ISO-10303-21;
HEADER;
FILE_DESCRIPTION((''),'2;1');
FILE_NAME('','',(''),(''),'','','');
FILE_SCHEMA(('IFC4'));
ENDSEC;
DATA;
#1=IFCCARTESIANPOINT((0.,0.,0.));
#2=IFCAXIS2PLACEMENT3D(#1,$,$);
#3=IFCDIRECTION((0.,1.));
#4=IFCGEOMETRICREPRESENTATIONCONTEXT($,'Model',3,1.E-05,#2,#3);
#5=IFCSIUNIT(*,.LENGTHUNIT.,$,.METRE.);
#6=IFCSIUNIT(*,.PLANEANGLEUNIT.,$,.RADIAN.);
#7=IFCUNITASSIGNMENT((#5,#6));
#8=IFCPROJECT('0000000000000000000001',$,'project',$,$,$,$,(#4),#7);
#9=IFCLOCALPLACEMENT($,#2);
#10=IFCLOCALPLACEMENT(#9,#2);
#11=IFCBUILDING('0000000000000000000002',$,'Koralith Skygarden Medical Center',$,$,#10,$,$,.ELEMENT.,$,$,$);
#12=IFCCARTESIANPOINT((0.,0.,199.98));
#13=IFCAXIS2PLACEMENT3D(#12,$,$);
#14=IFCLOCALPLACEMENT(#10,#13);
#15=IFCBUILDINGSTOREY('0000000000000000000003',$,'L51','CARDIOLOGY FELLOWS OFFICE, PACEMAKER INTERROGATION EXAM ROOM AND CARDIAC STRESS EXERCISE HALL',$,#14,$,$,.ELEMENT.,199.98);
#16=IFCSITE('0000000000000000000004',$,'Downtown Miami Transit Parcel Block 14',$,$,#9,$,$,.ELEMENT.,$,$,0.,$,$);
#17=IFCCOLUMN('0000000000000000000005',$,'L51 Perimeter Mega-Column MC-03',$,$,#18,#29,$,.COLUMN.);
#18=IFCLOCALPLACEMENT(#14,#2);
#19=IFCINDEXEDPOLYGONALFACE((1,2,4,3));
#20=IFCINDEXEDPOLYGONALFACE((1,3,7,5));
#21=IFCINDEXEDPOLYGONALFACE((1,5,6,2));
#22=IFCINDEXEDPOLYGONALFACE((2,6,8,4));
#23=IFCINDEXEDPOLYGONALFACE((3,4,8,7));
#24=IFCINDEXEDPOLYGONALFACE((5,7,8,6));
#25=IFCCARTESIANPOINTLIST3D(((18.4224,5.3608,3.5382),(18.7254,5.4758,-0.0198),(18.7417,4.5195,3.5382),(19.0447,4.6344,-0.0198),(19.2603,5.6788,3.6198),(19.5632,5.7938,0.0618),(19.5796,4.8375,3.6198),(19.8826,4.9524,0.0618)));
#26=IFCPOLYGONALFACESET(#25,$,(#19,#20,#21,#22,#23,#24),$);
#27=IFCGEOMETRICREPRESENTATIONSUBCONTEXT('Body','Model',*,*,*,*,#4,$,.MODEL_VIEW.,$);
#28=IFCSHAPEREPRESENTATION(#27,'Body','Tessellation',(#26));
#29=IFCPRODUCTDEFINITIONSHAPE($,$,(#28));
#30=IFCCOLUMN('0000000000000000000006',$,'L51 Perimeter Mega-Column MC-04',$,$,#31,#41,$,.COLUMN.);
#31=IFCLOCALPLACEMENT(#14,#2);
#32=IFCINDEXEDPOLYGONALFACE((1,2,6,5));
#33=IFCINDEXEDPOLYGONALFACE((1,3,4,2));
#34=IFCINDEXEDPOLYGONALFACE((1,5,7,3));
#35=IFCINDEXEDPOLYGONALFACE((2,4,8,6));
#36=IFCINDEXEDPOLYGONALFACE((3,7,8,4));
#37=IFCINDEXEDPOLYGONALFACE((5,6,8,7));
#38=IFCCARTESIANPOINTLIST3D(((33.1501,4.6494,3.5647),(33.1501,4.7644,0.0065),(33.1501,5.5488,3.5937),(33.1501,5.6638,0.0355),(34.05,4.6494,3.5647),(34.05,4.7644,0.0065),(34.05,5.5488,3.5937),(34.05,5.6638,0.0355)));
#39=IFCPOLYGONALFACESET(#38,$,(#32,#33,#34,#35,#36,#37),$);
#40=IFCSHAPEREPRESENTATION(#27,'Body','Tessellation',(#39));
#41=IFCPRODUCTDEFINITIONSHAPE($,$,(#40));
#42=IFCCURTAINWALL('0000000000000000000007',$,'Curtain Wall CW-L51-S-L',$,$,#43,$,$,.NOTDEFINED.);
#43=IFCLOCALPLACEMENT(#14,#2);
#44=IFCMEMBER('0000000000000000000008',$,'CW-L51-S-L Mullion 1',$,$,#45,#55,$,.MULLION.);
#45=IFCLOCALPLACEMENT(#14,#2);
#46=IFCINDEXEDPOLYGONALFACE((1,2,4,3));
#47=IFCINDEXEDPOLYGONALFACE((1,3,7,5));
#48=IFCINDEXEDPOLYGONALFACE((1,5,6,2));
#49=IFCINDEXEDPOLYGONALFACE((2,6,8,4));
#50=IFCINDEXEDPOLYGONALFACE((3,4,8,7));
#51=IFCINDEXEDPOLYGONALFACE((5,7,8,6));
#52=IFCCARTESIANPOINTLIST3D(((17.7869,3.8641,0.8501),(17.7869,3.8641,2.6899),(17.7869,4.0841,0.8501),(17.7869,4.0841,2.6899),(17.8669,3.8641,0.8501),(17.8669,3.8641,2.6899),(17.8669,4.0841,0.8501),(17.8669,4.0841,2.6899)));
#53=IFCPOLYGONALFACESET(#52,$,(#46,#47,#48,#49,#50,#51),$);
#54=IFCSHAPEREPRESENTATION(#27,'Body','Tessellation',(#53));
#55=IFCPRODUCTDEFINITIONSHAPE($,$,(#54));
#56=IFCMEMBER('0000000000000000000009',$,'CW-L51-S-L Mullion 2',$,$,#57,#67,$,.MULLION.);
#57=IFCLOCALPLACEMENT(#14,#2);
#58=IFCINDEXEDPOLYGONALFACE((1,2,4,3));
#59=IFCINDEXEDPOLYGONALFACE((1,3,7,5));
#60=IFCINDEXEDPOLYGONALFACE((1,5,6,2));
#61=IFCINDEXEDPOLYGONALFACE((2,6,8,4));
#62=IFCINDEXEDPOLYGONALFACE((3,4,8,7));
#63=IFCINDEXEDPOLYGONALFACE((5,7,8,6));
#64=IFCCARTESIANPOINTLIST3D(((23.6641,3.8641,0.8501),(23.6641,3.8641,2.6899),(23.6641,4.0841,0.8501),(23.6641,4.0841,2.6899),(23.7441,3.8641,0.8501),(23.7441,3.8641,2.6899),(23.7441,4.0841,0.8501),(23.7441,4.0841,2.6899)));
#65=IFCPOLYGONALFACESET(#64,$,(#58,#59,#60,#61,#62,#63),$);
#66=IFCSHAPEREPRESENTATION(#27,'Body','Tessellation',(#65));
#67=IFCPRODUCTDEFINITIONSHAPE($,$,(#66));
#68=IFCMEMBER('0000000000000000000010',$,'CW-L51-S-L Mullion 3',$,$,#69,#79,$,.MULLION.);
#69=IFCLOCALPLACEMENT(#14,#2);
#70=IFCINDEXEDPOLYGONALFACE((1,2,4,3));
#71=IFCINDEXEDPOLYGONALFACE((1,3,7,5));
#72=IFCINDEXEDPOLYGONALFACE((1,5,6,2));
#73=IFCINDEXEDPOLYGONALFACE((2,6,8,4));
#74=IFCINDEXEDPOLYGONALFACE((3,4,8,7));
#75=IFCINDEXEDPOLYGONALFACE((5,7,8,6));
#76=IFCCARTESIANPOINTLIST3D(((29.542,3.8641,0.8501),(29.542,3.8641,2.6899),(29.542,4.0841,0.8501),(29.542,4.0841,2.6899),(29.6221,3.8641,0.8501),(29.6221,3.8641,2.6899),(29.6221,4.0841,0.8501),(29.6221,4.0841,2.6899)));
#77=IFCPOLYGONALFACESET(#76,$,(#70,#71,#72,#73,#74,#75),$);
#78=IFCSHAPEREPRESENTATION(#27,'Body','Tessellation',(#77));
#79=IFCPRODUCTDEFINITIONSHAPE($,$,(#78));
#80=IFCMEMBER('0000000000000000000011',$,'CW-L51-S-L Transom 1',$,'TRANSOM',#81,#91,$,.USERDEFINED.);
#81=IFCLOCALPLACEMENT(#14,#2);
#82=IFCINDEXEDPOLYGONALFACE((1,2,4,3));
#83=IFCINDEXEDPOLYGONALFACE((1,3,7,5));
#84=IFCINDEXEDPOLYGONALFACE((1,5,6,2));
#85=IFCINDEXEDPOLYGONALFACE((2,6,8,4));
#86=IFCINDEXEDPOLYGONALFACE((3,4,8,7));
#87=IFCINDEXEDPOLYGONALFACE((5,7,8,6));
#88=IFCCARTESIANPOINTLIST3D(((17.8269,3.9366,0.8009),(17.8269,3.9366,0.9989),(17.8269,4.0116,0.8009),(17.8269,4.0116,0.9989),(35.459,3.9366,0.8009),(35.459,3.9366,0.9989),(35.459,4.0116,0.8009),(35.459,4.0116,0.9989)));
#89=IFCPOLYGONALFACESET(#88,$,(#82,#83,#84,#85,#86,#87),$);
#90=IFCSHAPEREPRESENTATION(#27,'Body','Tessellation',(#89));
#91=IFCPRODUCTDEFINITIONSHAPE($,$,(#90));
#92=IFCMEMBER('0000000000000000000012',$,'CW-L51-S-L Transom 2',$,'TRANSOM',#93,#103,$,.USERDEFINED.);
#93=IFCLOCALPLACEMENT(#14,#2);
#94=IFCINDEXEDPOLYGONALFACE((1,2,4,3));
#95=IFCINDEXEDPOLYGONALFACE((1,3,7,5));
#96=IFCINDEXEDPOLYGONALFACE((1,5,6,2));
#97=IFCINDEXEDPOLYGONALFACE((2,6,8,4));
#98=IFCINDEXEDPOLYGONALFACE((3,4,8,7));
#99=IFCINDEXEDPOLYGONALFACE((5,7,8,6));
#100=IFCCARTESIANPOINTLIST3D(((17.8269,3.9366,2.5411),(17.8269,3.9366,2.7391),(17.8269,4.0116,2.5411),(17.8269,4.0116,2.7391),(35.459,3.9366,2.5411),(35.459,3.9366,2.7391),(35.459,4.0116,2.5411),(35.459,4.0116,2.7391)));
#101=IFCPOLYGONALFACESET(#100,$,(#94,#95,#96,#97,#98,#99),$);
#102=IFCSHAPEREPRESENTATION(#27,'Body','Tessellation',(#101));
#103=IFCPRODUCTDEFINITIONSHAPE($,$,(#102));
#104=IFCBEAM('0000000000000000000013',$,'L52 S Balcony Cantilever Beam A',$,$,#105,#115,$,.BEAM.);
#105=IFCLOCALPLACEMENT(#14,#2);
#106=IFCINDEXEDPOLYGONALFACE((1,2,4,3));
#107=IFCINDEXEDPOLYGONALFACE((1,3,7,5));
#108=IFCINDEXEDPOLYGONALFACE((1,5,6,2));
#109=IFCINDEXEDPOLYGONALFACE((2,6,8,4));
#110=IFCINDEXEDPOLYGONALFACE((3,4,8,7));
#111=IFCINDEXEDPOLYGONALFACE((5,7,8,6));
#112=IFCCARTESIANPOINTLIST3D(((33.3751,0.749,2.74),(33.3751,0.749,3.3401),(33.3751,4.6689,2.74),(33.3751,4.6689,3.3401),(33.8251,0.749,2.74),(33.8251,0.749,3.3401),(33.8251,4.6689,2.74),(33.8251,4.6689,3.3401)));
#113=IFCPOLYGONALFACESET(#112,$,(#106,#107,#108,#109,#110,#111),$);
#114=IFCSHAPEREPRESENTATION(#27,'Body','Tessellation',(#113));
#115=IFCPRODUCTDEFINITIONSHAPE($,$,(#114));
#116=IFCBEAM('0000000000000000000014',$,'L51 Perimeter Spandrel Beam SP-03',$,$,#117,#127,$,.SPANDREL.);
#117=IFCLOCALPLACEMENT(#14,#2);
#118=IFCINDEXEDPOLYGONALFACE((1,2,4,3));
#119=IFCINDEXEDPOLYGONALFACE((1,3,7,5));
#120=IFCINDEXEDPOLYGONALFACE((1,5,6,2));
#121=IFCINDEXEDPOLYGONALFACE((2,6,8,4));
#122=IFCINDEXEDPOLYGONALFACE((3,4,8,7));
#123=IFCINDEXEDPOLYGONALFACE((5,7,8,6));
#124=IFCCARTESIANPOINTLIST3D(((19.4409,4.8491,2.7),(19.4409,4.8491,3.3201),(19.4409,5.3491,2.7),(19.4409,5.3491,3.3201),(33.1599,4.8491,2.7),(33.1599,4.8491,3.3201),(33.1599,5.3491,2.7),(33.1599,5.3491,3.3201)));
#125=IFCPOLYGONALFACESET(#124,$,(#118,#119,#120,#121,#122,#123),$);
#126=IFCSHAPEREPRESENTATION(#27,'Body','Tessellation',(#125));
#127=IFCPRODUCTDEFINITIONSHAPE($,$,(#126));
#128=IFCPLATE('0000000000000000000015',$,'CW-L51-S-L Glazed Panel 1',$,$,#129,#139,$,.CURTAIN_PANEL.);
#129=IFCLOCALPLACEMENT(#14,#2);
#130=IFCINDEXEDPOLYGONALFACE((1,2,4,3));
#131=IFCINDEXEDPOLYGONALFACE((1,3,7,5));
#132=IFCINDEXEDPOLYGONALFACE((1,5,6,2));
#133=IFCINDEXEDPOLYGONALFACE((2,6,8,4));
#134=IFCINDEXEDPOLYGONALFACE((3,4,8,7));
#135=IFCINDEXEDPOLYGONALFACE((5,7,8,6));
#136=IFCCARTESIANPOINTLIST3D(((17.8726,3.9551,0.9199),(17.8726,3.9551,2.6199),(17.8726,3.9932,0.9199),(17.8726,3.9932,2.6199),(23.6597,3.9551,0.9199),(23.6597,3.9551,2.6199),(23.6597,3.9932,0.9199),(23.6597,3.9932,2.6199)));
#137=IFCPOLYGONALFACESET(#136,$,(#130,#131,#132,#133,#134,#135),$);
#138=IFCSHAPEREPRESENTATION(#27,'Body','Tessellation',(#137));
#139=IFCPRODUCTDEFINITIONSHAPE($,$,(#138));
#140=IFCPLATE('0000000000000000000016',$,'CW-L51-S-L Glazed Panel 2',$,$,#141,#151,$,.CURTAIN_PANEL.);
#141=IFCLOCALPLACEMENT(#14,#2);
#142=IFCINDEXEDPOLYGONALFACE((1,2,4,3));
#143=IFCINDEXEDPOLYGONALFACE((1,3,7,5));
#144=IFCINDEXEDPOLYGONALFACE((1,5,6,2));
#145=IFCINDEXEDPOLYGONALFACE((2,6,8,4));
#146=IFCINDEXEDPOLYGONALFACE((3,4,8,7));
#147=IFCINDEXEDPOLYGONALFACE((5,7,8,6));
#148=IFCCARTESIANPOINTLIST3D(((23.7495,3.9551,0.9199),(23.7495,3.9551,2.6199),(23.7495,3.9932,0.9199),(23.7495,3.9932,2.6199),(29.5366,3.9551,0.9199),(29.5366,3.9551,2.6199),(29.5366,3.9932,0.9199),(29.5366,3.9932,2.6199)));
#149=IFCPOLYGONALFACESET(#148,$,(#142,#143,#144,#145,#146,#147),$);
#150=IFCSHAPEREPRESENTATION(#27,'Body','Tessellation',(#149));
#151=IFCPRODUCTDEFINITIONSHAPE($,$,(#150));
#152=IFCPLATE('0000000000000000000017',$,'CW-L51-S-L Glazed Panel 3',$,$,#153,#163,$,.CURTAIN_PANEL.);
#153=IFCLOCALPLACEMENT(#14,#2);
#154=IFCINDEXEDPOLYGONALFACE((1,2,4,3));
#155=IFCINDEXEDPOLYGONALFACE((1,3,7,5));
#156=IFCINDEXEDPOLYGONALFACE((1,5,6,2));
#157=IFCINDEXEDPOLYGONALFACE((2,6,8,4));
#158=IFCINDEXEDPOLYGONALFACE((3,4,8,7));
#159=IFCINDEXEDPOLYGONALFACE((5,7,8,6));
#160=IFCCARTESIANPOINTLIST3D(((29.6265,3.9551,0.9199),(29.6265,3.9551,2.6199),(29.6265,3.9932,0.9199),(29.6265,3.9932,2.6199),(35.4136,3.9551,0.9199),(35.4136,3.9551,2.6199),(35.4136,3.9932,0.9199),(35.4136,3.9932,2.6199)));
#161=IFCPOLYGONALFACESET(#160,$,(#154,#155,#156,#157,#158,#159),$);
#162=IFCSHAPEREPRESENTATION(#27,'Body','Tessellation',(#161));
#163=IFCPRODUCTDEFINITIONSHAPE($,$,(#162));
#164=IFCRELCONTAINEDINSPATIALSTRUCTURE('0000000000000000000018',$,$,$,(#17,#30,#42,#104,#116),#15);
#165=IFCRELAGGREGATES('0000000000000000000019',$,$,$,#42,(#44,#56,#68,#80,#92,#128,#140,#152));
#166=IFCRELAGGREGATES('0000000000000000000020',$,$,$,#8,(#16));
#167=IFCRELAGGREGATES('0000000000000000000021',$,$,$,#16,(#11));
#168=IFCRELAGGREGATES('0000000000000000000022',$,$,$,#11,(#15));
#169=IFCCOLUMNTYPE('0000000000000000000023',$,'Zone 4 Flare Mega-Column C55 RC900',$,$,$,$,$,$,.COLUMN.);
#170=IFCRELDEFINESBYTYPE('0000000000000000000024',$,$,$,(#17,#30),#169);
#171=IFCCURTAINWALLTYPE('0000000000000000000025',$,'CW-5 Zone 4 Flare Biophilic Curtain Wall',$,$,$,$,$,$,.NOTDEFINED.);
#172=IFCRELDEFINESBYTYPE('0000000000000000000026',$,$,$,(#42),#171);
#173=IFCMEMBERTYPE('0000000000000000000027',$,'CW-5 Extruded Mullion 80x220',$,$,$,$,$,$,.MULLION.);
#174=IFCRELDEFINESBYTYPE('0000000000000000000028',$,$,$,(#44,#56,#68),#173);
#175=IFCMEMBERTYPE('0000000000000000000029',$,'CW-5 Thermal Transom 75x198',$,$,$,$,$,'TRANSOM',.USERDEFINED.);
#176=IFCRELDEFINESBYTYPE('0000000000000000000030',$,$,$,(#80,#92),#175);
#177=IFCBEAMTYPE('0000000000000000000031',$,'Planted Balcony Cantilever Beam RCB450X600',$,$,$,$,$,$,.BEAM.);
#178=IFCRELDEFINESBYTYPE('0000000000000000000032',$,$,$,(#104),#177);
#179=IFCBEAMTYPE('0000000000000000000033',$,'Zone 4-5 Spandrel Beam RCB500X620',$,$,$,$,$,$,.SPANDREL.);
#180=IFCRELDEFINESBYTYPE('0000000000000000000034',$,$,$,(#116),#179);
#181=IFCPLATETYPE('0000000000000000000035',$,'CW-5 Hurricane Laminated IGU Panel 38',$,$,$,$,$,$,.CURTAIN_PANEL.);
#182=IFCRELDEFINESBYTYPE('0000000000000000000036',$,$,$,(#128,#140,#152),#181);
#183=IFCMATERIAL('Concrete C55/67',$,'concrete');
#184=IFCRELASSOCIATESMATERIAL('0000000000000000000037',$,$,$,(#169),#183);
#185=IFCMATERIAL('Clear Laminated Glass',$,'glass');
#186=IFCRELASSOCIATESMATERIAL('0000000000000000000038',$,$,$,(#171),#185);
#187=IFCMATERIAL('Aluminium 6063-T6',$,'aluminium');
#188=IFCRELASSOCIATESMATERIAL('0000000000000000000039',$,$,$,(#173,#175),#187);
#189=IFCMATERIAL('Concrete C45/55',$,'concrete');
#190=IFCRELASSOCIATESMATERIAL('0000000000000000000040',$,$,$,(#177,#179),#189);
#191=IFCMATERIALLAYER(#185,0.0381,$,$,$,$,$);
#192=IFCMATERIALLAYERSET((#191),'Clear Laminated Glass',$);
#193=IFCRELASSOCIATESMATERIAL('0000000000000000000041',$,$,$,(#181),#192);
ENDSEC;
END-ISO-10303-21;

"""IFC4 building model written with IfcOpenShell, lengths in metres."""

from ifc_helpers import new_model, si_unit, direction, frame, origin, origin_2d, place, context, subcontext, project, spatial, rectangle, extrude, material, layer, layer_set, material_profile, profile_set, type_object, element, aggregate, save


model = new_model("IFC4")

# Units and contexts
model_context = context("Model", 3, precision=1e-05, world=origin(), true_north=direction((0.0, 1.0)))
body_context = subcontext(model_context, "Body", "Model", "MODEL_VIEW")
ifc_project = project(units=[si_unit("LENGTHUNIT", "METRE"), si_unit("PLANEANGLEUNIT", "RADIAN")], contexts=[model_context])

# Site, building, storey
site_placement = place(None, origin())
site = spatial("IfcSite", under=ifc_project, at=site_placement, Name="Downtown Miami Transit Parcel Block 14", CompositionType="ELEMENT", RefElevation=0.0)
building_placement = place(site_placement, origin())
building = spatial("IfcBuilding", under=site, at=building_placement, Name="Koralith Skygarden Medical Center", CompositionType="ELEMENT")
storey_placement = place(building_placement, frame((0.0, 0.0, 199.98)))
storey = spatial("IfcBuildingStorey", under=building, at=storey_placement, Name="L51", Description="CARDIOLOGY FELLOWS OFFICE, PACEMAKER INTERROGATION EXAM ROOM AND CARDIAC STRESS EXERCISE HALL", CompositionType="ELEMENT", Elevation=199.98)

# Columns
ifc_material_1 = material(Name="Concrete C55/67", Category="concrete")
ifc_material_profile_1 = material_profile(ifc_material_1, rectangle(XDim=0.8999, YDim=0.8999, at=origin_2d()), Name="RC900X900")
ifc_profile_set_1 = profile_set([ifc_material_profile_1], Name="Concrete C55/67")
column_type = type_object("IfcColumnType", Name="Zone 4 Flare Mega-Column C55 RC900", PredefinedType="COLUMN", material=ifc_profile_set_1)
column_1_placement = place(storey_placement, frame((19.304, 5.2141, 0.021), z_axis=(-0.084801, -0.032185, 0.995878), x_axis=(0.354836, -0.934929, 0.0)))
element("IfcColumn", 1, at=column_1_placement, inside=storey, type_object=column_type, Name="L51 Perimeter Mega-Column MC-03", PredefinedType="COLUMN", context=body_context, shape_type="SweptSolid", body=[
    extrude(rectangle(XDim=0.8999, YDim=0.8999, at=origin_2d()), origin(), (0.0, 0.0, 1.0), 3.5728),
])
column_2_placement = place(storey_placement, frame((33.6001, 5.2141, 0.021), z_axis=(0.0, -0.032301, 0.999478), x_axis=(1.0, 0.0, 0.0)))
element("IfcColumn", 2, at=column_2_placement, inside=storey, type_object=column_type, Name="L51 Perimeter Mega-Column MC-04", PredefinedType="COLUMN", context=body_context, shape_type="SweptSolid", body=[
    extrude(rectangle(XDim=0.8999, YDim=0.8999, at=origin_2d()), origin(), (0.0, 0.0, 1.0), 3.5601),
])

# Curtain wall, members
ifc_material_2 = material(Name="Clear Laminated Glass", Category="glass")
curtain_wall_type = type_object("IfcCurtainWallType", Name="CW-5 Zone 4 Flare Biophilic Curtain Wall", PredefinedType="NOTDEFINED", material=ifc_material_2)
curtain_wall_placement = place(storey_placement, origin())
curtain_wall = element("IfcCurtainWall", 3, at=curtain_wall_placement, inside=storey, type_object=curtain_wall_type, Name="Curtain Wall CW-L51-S-L", PredefinedType="NOTDEFINED")
ifc_material_3 = material(Name="Aluminium 6063-T6", Category="aluminium")
ifc_material_profile_2 = material_profile(ifc_material_3, rectangle(XDim=0.0801, YDim=0.22, at=origin_2d()), Name="MUL80X220")
ifc_profile_set_2 = profile_set([ifc_material_profile_2], Name="Aluminium 6063-T6")
member_type_1 = type_object("IfcMemberType", Name="CW-5 Extruded Mullion 80x220", PredefinedType="MULLION", material=ifc_profile_set_2)
member_1_placement = place(storey_placement, frame((17.8269, 3.9741, 0.8501), z_axis=(0.0, 0.0, 1.0), x_axis=(1.0, 0.0, 0.0)))
member_1 = element("IfcMember", 4, at=member_1_placement, type_object=member_type_1, Name="CW-L51-S-L Mullion 1", PredefinedType="MULLION", context=body_context, shape_type="SweptSolid", body=[
    extrude(rectangle(XDim=0.0801, YDim=0.22, at=origin_2d()), origin(), (0.0, 0.0, 1.0), 1.8398),
])
member_2_placement = place(storey_placement, frame((23.7041, 3.9741, 0.8501), z_axis=(0.0, 0.0, 1.0), x_axis=(1.0, 0.0, 0.0)))
member_2 = element("IfcMember", 5, at=member_2_placement, type_object=member_type_1, Name="CW-L51-S-L Mullion 2", PredefinedType="MULLION", context=body_context, shape_type="SweptSolid", body=[
    extrude(rectangle(XDim=0.0801, YDim=0.22, at=origin_2d()), origin(), (0.0, 0.0, 1.0), 1.8398),
])
member_3_placement = place(storey_placement, frame((29.582, 3.9741, 0.8501), z_axis=(0.0, 0.0, 1.0), x_axis=(1.0, 0.0, 0.0)))
member_3 = element("IfcMember", 6, at=member_3_placement, type_object=member_type_1, Name="CW-L51-S-L Mullion 3", PredefinedType="MULLION", context=body_context, shape_type="SweptSolid", body=[
    extrude(rectangle(XDim=0.0801, YDim=0.22, at=origin_2d()), origin(), (0.0, 0.0, 1.0), 1.8398),
])
ifc_material_profile_3 = material_profile(ifc_material_3, rectangle(XDim=0.075, YDim=0.198, at=origin_2d()), Name="TRN75X198")
ifc_profile_set_3 = profile_set([ifc_material_profile_3], Name="Aluminium 6063-T6")
member_type_2 = type_object("IfcMemberType", Name="CW-5 Thermal Transom 75x198", ElementType="TRANSOM", PredefinedType="USERDEFINED", material=ifc_profile_set_3)
member_4_placement = place(storey_placement, frame((17.8269, 3.9741, 0.8999), z_axis=(1.0, 0.0, 0.0), x_axis=(0.0, 1.0, 0.0)))
member_4 = element("IfcMember", 7, at=member_4_placement, type_object=member_type_2, Name="CW-L51-S-L Transom 1", ObjectType="TRANSOM", PredefinedType="USERDEFINED", context=body_context, shape_type="SweptSolid", body=[
    extrude(rectangle(XDim=0.075, YDim=0.198, at=origin_2d()), origin(), (0.0, 0.0, 1.0), 17.6321),
])
member_5_placement = place(storey_placement, frame((17.8269, 3.9741, 2.6401), z_axis=(1.0, 0.0, 0.0), x_axis=(0.0, 1.0, 0.0)))
member_5 = element("IfcMember", 8, at=member_5_placement, type_object=member_type_2, Name="CW-L51-S-L Transom 2", ObjectType="TRANSOM", PredefinedType="USERDEFINED", context=body_context, shape_type="SweptSolid", body=[
    extrude(rectangle(XDim=0.075, YDim=0.198, at=origin_2d()), origin(), (0.0, 0.0, 1.0), 17.6321),
])

# Beams
ifc_material_4 = material(Name="Concrete C45/55", Category="concrete")
ifc_material_profile_4 = material_profile(ifc_material_4, rectangle(XDim=0.45, YDim=0.6001, at=origin_2d()), Name="RCB450X600")
ifc_profile_set_4 = profile_set([ifc_material_profile_4], Name="Concrete C45/55")
beam_type_1 = type_object("IfcBeamType", Name="Planted Balcony Cantilever Beam RCB450X600", PredefinedType="BEAM", material=ifc_profile_set_4)
beam_1_placement = place(storey_placement, frame((33.6001, 4.6689, 3.04), z_axis=(0.0, -1.0, 0.0), x_axis=(1.0, 0.0, 0.0)))
element("IfcBeam", 9, at=beam_1_placement, inside=storey, type_object=beam_type_1, Name="L52 S Balcony Cantilever Beam A", PredefinedType="BEAM", context=body_context, shape_type="SweptSolid", body=[
    extrude(rectangle(XDim=0.45, YDim=0.6001, at=origin_2d()), origin(), (0.0, 0.0, 1.0), 3.9199),
])
ifc_material_profile_5 = material_profile(ifc_material_4, rectangle(XDim=0.5, YDim=0.6201, at=origin_2d()), Name="RCB500X620")
ifc_profile_set_5 = profile_set([ifc_material_profile_5], Name="Concrete C45/55")
beam_type_2 = type_object("IfcBeamType", Name="Zone 4-5 Spandrel Beam RCB500X620", PredefinedType="SPANDREL", material=ifc_profile_set_5)
beam_2_placement = place(storey_placement, frame((19.4409, 5.0991, 3.01), z_axis=(1.0, 0.0, 0.0), x_axis=(0.0, 1.0, 0.0)))
element("IfcBeam", 10, at=beam_2_placement, inside=storey, type_object=beam_type_2, Name="L51 Perimeter Spandrel Beam SP-03", PredefinedType="SPANDREL", context=body_context, shape_type="SweptSolid", body=[
    extrude(rectangle(XDim=0.5, YDim=0.6201, at=origin_2d()), origin(), (0.0, 0.0, 1.0), 13.719),
])

# Plates
ifc_layer_1 = layer(ifc_material_2, 0.0381)
ifc_layer_set_1 = layer_set([ifc_layer_1], Name="Clear Laminated Glass")
plate_type = type_object("IfcPlateType", Name="CW-5 Hurricane Laminated IGU Panel 38", PredefinedType="CURTAIN_PANEL", material=ifc_layer_set_1)
plate_1_placement = place(storey_placement, frame((20.7661, 3.9741, 0.9199), z_axis=(0.0, 0.0, 1.0), x_axis=(1.0, 0.0, 0.0)))
plate_1 = element("IfcPlate", 11, at=plate_1_placement, type_object=plate_type, Name="CW-L51-S-L Glazed Panel 1", PredefinedType="CURTAIN_PANEL", context=body_context, shape_type="SweptSolid", body=[
    extrude(rectangle(XDim=5.7871, YDim=0.0381, at=origin_2d()), origin(), (0.0, 0.0, 1.0), 1.7),
])
plate_2_placement = place(storey_placement, frame((26.6431, 3.9741, 0.9199), z_axis=(0.0, 0.0, 1.0), x_axis=(1.0, 0.0, 0.0)))
plate_2 = element("IfcPlate", 12, at=plate_2_placement, type_object=plate_type, Name="CW-L51-S-L Glazed Panel 2", PredefinedType="CURTAIN_PANEL", context=body_context, shape_type="SweptSolid", body=[
    extrude(rectangle(XDim=5.7871, YDim=0.0381, at=origin_2d()), origin(), (0.0, 0.0, 1.0), 1.7),
])
plate_3_placement = place(storey_placement, frame((32.52, 3.9741, 0.9199), z_axis=(0.0, 0.0, 1.0), x_axis=(1.0, 0.0, 0.0)))
plate_3 = element("IfcPlate", 13, at=plate_3_placement, type_object=plate_type, Name="CW-L51-S-L Glazed Panel 3", PredefinedType="CURTAIN_PANEL", context=body_context, shape_type="SweptSolid", body=[
    extrude(rectangle(XDim=5.7871, YDim=0.0381, at=origin_2d()), origin(), (0.0, 0.0, 1.0), 1.7),
])
aggregate(curtain_wall, [member_1, member_2, member_3, member_4, member_5, plate_1, plate_2, plate_3])

save(model, "model.ifc")
